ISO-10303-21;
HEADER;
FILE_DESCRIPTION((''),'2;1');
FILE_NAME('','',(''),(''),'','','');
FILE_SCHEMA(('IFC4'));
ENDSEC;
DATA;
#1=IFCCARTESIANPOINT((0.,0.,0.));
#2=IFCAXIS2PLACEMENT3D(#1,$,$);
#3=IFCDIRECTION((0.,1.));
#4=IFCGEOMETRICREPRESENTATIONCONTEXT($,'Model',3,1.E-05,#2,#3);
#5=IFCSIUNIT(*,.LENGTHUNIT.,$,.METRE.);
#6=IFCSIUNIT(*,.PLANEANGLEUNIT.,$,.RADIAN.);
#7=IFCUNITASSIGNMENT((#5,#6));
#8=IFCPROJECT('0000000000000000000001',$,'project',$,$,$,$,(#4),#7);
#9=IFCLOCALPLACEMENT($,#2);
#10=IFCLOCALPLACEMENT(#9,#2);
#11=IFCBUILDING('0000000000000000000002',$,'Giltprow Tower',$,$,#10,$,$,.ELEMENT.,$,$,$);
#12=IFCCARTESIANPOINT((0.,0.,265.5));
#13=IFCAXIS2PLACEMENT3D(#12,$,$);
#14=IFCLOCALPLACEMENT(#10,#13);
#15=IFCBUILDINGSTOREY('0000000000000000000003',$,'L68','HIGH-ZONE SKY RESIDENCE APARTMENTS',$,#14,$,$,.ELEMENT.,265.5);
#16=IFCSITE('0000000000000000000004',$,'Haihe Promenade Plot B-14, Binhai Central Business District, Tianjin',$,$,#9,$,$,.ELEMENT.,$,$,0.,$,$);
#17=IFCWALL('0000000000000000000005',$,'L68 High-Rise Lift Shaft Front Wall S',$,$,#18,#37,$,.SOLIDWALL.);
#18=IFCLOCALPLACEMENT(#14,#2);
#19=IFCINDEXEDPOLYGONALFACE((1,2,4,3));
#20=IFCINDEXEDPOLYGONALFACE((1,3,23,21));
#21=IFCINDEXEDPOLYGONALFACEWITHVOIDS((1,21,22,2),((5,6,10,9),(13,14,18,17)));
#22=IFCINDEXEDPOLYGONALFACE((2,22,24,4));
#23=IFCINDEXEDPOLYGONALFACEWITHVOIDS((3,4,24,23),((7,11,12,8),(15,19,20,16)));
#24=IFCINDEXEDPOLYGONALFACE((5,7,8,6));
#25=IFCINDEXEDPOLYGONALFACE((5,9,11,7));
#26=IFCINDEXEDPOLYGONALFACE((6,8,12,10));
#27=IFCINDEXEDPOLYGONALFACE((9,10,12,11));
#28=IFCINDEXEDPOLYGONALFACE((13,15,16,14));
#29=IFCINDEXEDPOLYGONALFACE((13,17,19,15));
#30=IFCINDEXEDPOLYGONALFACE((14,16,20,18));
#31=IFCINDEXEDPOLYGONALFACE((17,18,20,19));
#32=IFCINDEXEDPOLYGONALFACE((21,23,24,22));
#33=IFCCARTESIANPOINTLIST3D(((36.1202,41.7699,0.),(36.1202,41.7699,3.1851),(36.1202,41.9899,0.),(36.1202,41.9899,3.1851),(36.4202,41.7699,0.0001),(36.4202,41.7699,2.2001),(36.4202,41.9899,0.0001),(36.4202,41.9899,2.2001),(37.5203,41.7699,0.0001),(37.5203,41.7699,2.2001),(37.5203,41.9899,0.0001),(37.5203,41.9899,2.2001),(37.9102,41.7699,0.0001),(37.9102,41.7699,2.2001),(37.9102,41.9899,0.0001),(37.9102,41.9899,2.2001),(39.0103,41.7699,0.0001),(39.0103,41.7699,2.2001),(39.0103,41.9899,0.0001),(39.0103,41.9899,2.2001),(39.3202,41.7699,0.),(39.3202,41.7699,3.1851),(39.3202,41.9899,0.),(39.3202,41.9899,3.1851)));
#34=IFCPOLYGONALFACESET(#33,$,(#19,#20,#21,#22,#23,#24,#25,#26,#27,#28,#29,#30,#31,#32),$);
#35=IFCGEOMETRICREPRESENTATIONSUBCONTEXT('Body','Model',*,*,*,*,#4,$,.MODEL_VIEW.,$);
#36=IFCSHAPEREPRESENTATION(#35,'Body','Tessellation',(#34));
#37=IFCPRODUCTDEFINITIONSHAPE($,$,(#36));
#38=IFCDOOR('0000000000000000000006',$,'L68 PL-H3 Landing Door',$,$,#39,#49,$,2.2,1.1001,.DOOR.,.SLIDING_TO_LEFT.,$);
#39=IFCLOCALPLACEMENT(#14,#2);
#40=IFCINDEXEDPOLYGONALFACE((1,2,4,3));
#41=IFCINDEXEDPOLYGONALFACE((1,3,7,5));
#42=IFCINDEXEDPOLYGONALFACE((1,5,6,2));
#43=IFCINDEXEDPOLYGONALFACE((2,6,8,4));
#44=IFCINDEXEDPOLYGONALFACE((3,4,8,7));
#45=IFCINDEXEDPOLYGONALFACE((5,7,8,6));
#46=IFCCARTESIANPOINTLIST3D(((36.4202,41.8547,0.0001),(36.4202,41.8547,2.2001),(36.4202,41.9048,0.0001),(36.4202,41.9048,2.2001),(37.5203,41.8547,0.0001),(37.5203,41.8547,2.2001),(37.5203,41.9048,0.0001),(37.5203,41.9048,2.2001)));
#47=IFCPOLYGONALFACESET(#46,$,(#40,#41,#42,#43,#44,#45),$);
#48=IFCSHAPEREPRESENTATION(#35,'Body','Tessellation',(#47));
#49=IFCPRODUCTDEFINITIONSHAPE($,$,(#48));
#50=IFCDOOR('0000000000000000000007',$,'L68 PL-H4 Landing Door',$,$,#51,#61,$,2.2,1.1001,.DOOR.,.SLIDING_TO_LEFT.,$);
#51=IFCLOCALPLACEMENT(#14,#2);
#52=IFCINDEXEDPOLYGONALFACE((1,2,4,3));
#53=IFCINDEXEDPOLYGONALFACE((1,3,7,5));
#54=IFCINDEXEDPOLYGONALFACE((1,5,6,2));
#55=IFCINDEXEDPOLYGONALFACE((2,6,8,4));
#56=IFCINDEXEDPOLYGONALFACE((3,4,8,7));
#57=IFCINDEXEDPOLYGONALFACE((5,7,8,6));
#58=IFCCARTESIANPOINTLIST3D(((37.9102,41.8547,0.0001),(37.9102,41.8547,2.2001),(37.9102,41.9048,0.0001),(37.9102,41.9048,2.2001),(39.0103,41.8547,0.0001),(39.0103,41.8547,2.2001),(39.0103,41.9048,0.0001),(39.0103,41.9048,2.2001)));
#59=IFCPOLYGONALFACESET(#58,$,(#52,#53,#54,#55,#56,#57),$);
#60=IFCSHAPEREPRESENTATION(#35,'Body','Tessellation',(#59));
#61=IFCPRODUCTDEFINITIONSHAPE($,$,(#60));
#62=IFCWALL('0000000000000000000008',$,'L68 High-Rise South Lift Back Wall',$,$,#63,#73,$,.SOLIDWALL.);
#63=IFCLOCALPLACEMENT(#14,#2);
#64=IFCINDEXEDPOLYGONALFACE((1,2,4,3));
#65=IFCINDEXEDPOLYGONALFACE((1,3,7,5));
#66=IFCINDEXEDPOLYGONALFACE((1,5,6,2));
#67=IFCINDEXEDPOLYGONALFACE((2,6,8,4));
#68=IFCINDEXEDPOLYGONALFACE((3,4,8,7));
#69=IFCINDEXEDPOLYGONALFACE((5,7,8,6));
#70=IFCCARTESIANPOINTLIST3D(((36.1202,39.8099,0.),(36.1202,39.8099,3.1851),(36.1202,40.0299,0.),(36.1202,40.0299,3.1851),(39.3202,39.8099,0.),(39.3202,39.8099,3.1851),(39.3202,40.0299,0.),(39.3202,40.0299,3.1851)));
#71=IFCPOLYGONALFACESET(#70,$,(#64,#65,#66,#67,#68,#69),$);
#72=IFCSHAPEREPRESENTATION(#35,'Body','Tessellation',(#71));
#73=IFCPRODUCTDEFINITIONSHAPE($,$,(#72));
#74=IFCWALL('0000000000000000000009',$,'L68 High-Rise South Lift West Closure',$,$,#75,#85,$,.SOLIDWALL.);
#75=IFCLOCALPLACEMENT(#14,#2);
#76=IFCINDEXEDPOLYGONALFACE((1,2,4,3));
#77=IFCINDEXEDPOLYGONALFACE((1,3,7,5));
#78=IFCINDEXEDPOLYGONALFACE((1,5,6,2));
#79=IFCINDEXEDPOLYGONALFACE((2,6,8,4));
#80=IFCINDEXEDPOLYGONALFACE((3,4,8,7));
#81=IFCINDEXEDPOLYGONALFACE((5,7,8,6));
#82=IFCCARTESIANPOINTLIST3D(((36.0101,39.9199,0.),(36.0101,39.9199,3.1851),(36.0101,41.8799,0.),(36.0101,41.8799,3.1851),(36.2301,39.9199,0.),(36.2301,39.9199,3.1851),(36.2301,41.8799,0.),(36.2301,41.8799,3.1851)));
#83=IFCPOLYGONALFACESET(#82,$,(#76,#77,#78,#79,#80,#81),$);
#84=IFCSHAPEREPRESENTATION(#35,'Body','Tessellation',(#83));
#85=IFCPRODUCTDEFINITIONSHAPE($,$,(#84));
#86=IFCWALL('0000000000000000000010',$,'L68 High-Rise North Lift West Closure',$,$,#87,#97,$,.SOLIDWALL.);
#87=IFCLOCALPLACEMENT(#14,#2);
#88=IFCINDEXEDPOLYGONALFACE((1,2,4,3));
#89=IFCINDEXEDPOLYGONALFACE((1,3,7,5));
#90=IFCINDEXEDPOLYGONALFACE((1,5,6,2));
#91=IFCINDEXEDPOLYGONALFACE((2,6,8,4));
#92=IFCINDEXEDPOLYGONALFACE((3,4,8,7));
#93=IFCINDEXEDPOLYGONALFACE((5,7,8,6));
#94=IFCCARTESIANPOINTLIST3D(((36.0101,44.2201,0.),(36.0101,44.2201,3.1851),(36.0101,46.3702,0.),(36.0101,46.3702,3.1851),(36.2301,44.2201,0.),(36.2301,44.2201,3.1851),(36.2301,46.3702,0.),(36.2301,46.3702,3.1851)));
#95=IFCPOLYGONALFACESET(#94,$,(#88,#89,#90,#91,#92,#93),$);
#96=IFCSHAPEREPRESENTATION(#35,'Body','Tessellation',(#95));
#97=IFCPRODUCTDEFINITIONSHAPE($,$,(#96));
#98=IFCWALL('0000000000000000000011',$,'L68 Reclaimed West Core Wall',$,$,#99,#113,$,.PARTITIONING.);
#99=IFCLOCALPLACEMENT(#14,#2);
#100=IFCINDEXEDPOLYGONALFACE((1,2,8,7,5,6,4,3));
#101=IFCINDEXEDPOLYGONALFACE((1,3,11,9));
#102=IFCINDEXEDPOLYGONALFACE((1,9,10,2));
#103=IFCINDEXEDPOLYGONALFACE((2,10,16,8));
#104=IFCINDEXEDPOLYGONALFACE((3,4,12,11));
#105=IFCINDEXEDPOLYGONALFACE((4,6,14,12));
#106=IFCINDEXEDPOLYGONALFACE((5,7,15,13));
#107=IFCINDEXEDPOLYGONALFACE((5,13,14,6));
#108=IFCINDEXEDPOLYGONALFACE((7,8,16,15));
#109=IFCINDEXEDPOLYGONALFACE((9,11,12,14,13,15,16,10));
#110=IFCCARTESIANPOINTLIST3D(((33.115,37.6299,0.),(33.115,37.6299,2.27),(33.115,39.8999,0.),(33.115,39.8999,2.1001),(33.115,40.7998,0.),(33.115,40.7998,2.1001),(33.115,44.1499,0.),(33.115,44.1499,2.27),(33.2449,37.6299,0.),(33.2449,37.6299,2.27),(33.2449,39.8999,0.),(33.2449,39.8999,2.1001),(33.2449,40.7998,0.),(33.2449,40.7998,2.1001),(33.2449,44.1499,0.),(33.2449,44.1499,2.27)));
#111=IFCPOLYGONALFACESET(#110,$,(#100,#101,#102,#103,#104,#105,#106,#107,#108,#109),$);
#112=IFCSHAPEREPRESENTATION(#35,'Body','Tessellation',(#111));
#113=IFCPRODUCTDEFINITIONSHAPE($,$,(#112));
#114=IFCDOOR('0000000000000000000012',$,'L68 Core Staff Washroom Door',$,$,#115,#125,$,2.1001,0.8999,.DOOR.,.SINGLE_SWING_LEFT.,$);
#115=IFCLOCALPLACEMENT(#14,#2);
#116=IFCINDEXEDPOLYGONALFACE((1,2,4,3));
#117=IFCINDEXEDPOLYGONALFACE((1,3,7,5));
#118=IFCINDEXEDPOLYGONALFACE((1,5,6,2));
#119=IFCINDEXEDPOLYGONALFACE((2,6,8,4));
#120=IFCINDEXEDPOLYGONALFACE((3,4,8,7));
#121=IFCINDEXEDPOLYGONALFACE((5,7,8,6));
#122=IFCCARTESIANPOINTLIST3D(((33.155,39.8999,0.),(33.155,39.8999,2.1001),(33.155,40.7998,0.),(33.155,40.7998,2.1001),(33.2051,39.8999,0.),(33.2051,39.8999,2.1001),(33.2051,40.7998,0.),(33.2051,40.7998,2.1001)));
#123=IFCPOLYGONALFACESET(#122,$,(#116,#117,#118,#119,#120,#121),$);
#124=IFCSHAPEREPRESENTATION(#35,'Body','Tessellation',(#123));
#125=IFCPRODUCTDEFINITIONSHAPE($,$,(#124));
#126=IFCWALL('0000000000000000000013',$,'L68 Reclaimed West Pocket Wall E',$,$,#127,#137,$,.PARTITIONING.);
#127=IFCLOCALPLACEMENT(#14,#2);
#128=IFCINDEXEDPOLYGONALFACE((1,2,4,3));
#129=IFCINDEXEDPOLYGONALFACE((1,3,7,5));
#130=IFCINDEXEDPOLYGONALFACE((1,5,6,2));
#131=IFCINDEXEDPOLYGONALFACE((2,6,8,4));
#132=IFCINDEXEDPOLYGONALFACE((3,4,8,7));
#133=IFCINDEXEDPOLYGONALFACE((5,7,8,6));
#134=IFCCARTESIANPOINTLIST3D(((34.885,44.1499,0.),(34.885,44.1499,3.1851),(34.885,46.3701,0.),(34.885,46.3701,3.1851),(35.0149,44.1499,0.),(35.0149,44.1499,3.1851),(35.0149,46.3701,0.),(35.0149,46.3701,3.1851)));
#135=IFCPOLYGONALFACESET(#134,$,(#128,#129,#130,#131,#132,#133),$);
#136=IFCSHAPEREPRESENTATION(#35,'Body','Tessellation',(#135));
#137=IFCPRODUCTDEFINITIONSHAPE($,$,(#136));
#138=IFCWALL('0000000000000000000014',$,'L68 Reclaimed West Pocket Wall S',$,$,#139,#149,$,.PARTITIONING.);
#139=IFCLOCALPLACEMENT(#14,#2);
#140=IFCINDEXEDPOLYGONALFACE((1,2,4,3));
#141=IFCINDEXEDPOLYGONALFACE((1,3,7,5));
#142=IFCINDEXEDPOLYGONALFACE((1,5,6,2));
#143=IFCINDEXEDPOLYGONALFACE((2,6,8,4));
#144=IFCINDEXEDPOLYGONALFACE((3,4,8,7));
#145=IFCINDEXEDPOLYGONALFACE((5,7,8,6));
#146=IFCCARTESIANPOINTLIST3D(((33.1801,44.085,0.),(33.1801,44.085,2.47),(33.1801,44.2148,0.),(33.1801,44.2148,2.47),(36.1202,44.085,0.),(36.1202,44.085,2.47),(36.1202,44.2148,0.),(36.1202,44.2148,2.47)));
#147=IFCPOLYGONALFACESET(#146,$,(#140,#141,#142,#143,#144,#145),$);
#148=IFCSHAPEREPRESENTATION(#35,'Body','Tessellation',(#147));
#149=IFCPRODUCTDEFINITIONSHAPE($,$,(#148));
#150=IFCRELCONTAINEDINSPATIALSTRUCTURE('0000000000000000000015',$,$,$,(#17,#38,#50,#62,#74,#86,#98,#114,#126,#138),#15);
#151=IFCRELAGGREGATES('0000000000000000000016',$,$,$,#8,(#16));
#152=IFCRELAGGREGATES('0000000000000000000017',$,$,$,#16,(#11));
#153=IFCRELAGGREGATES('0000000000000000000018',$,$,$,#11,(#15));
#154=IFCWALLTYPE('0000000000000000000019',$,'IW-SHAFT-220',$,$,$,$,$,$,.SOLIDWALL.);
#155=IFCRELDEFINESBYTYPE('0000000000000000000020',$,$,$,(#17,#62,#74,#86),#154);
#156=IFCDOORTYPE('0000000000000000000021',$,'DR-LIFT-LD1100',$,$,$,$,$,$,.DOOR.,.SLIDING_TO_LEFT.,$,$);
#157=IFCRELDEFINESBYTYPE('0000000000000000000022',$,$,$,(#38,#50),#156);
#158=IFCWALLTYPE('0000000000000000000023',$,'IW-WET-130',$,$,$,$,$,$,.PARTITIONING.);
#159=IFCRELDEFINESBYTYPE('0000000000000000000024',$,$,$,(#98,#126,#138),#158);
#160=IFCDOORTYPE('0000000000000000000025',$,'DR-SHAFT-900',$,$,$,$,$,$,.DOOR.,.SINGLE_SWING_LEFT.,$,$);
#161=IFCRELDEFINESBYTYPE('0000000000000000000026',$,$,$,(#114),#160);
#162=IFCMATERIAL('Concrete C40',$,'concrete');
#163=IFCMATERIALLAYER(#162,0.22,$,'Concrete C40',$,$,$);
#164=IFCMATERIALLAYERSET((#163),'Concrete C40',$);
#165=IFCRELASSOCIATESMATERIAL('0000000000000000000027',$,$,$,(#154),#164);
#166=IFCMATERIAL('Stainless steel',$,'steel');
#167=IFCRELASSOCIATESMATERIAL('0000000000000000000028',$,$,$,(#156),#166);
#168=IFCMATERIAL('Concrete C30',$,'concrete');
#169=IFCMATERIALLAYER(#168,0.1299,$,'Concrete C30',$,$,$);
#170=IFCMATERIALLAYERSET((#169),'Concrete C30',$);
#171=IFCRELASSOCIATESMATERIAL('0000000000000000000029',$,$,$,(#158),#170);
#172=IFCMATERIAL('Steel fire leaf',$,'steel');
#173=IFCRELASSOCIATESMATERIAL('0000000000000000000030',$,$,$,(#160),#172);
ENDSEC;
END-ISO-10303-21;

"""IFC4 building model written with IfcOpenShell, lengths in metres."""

from ifc_helpers import new_model, si_unit, direction, frame, frame_2d, origin, place, context, subcontext, project, spatial, rectangle, extrude, source, transform, mapped, material, layer, layer_set, type_object, element, fill, save


model = new_model("IFC4")

# Units and contexts
model_context = context("Model", 3, precision=1e-05, world=origin(), true_north=direction((0.0, 1.0)))
body_context = subcontext(model_context, "Body", "Model", "MODEL_VIEW")
ifc_project = project(units=[si_unit("LENGTHUNIT", "METRE"), si_unit("PLANEANGLEUNIT", "RADIAN")], contexts=[model_context])

# Site, building, storey
site_placement = place(None, origin())
site = spatial("IfcSite", under=ifc_project, at=site_placement, Name="Haihe Promenade Plot B-14, Binhai Central Business District, Tianjin", CompositionType="ELEMENT", RefElevation=0.0)
building_placement = place(site_placement, origin())
building = spatial("IfcBuilding", under=site, at=building_placement, Name="Giltprow Tower", CompositionType="ELEMENT")
storey_placement = place(building_placement, frame((0.0, 0.0, 265.5)))
storey = spatial("IfcBuildingStorey", under=building, at=storey_placement, Name="L68", Description="HIGH-ZONE SKY RESIDENCE APARTMENTS", CompositionType="ELEMENT", Elevation=265.5)

# Wall, openings, doors
ifc_material_1 = material(Name="Concrete C40", Category="concrete")
ifc_layer_1 = layer(ifc_material_1, 0.22, Name="Concrete C40")
ifc_layer_set_1 = layer_set([ifc_layer_1], Name="Concrete C40")
wall_type_1 = type_object("IfcWallType", Name="IW-SHAFT-220", PredefinedType="SOLIDWALL", material=ifc_layer_set_1)
ifc_material_2 = material(Name="Stainless steel", Category="steel")
door_type_1 = type_object("IfcDoorType", Name="DR-LIFT-LD1100", OperationType="SLIDING_TO_LEFT", PredefinedType="DOOR", material=ifc_material_2)
shared_shape_1 = source(origin(), body_context, "Body", "SweptSolid", [
    extrude(rectangle(XDim=1.1001, YDim=2.2, at=frame_2d((0.55, 1.1001))), frame((0.0, 0.0249, 0.0), z_axis=(0.0, -1.0, 0.0), x_axis=(1.0, 0.0, 0.0)), (0.0, 0.0, 1.0), 0.05),
])
wall_1_placement = place(storey_placement, frame((36.1201, 41.8799, 0.0), z_axis=(0.0, 0.0, 1.0), x_axis=(1.0, 0.0, 0.0)))
wall_1 = element("IfcWall", 1, at=wall_1_placement, inside=storey, type_object=wall_type_1, Name="L68 High-Rise Lift Shaft Front Wall S", PredefinedType="SOLIDWALL", context=body_context, shape_type="SweptSolid", body=[
    extrude(rectangle(XDim=3.2, YDim=0.22, at=frame_2d((1.6001, 0.0))), origin(), (0.0, 0.0, 1.0), 3.1851),
])
opening_1_placement = place(wall_1_placement, frame((0.3, 0.0, 0.0)))
opening_1 = element("IfcOpeningElement", 2, at=opening_1_placement, cuts=wall_1, PredefinedType="OPENING", context=body_context, shape_type="SweptSolid", body=[
    extrude(rectangle(XDim=1.1001, YDim=2.2, at=frame_2d((0.55, 1.1001))), frame((0.0, 0.1199, 0.0), z_axis=(0.0, -1.0, 0.0), x_axis=(1.0, 0.0, 0.0)), (0.0, 0.0, 1.0), 0.24),
])
opening_2_placement = place(wall_1_placement, frame((1.79, 0.0, 0.0)))
opening_2 = element("IfcOpeningElement", 3, at=opening_2_placement, cuts=wall_1, PredefinedType="OPENING", context=body_context, shape_type="SweptSolid", body=[
    extrude(rectangle(XDim=1.1001, YDim=2.2, at=frame_2d((0.55, 1.1001))), frame((0.0, 0.1199, 0.0), z_axis=(0.0, -1.0, 0.0), x_axis=(1.0, 0.0, 0.0)), (0.0, 0.0, 1.0), 0.24),
])
door_1_placement = place(opening_1_placement, origin())
door_1 = element("IfcDoor", 4, at=door_1_placement, inside=storey, type_object=door_type_1, Name="L68 PL-H3 Landing Door", OperationType="SLIDING_TO_LEFT", OverallHeight=2.2, OverallWidth=1.1001, PredefinedType="DOOR", context=body_context, shape_type="MappedRepresentation", body=[
    mapped(shared_shape_1, transform((0.0, 0.0, 0.0), x_axis=(1.0, 0.0, 0.0), y_axis=(0.0, 1.0, 0.0), z_axis=(0.0, 0.0, 1.0), scale=1.0)),
])
fill(opening_1, door_1)
door_2_placement = place(opening_2_placement, origin())
door_2 = element("IfcDoor", 5, at=door_2_placement, inside=storey, type_object=door_type_1, Name="L68 PL-H4 Landing Door", OperationType="SLIDING_TO_LEFT", OverallHeight=2.2, OverallWidth=1.1001, PredefinedType="DOOR", context=body_context, shape_type="MappedRepresentation", body=[
    mapped(shared_shape_1, transform((0.0, 0.0, 0.0), x_axis=(1.0, 0.0, 0.0), y_axis=(0.0, 1.0, 0.0), z_axis=(0.0, 0.0, 1.0), scale=1.0)),
])
fill(opening_2, door_2)

# Walls
wall_2_placement = place(storey_placement, frame((36.1201, 39.9199, 0.0), z_axis=(0.0, 0.0, 1.0), x_axis=(1.0, 0.0, 0.0)))
element("IfcWall", 6, at=wall_2_placement, inside=storey, type_object=wall_type_1, Name="L68 High-Rise South Lift Back Wall", PredefinedType="SOLIDWALL", context=body_context, shape_type="SweptSolid", body=[
    extrude(rectangle(XDim=3.2, YDim=0.22, at=frame_2d((1.6001, 0.0))), origin(), (0.0, 0.0, 1.0), 3.1851),
])
wall_3_placement = place(storey_placement, frame((36.1201, 39.9199, 0.0), z_axis=(0.0, 0.0, 1.0), x_axis=(0.0, 1.0, 0.0)))
element("IfcWall", 7, at=wall_3_placement, inside=storey, type_object=wall_type_1, Name="L68 High-Rise South Lift West Closure", PredefinedType="SOLIDWALL", context=body_context, shape_type="SweptSolid", body=[
    extrude(rectangle(XDim=1.96, YDim=0.22, at=frame_2d((0.98, 0.0))), origin(), (0.0, 0.0, 1.0), 3.1851),
])
wall_4_placement = place(storey_placement, frame((36.1201, 44.22, 0.0), z_axis=(0.0, 0.0, 1.0), x_axis=(0.0, 1.0, 0.0)))
element("IfcWall", 8, at=wall_4_placement, inside=storey, type_object=wall_type_1, Name="L68 High-Rise North Lift West Closure", PredefinedType="SOLIDWALL", context=body_context, shape_type="SweptSolid", body=[
    extrude(rectangle(XDim=2.1501, YDim=0.22, at=frame_2d((1.0752, 0.0))), origin(), (0.0, 0.0, 1.0), 3.1851),
])

# Wall, opening, door
ifc_material_3 = material(Name="Concrete C30", Category="concrete")
ifc_layer_2 = layer(ifc_material_3, 0.1299, Name="Concrete C30")
ifc_layer_set_2 = layer_set([ifc_layer_2], Name="Concrete C30")
wall_type_2 = type_object("IfcWallType", Name="IW-WET-130", PredefinedType="PARTITIONING", material=ifc_layer_set_2)
wall_5_placement = place(storey_placement, frame((33.1799, 37.6299, 0.0), z_axis=(0.0, 0.0, 1.0), x_axis=(0.0, 1.0, 0.0)))
wall_5 = element("IfcWall", 9, at=wall_5_placement, inside=storey, type_object=wall_type_2, Name="L68 Reclaimed West Core Wall", PredefinedType="PARTITIONING", context=body_context, shape_type="SweptSolid", body=[
    extrude(rectangle(XDim=6.52, YDim=0.1299, at=frame_2d((3.26, 0.0))), origin(), (0.0, 0.0, 1.0), 2.27),
])
opening_3_placement = place(wall_5_placement, frame((2.27, 0.0, 0.0)))
opening_3 = element("IfcOpeningElement", 10, at=opening_3_placement, cuts=wall_5, PredefinedType="OPENING", context=body_context, shape_type="SweptSolid", body=[
    extrude(rectangle(XDim=0.8999, YDim=2.1001, at=frame_2d((0.45, 1.05))), frame((0.0, 0.075, 0.0), z_axis=(0.0, -1.0, 0.0), x_axis=(1.0, 0.0, 0.0)), (0.0, 0.0, 1.0), 0.1499),
])
ifc_material_4 = material(Name="Steel fire leaf", Category="steel")
door_type_2 = type_object("IfcDoorType", Name="DR-SHAFT-900", OperationType="SINGLE_SWING_LEFT", PredefinedType="DOOR", material=ifc_material_4)
shared_shape_2 = source(origin(), body_context, "Body", "SweptSolid", [
    extrude(rectangle(XDim=0.8999, YDim=2.1001, at=frame_2d((0.45, 1.05))), frame((0.0, 0.0249, 0.0), z_axis=(0.0, -1.0, 0.0), x_axis=(1.0, 0.0, 0.0)), (0.0, 0.0, 1.0), 0.05),
])
door_3_placement = place(opening_3_placement, origin())
door_3 = element("IfcDoor", 11, at=door_3_placement, inside=storey, type_object=door_type_2, Name="L68 Core Staff Washroom Door", OperationType="SINGLE_SWING_LEFT", OverallHeight=2.1001, OverallWidth=0.8999, PredefinedType="DOOR", context=body_context, shape_type="MappedRepresentation", body=[
    mapped(shared_shape_2, transform((0.0, 0.0, 0.0), x_axis=(1.0, 0.0, 0.0), y_axis=(0.0, 1.0, 0.0), z_axis=(0.0, 0.0, 1.0), scale=1.0)),
])
fill(opening_3, door_3)

# Walls
wall_6_placement = place(storey_placement, frame((34.95, 44.1499, 0.0), z_axis=(0.0, 0.0, 1.0), x_axis=(0.0, 1.0, 0.0)))
element("IfcWall", 12, at=wall_6_placement, inside=storey, type_object=wall_type_2, Name="L68 Reclaimed West Pocket Wall E", PredefinedType="PARTITIONING", context=body_context, shape_type="SweptSolid", body=[
    extrude(rectangle(XDim=2.2202, YDim=0.1299, at=frame_2d((1.1101, 0.0))), origin(), (0.0, 0.0, 1.0), 3.1851),
])
wall_7_placement = place(storey_placement, frame((33.1799, 44.1499, 0.0), z_axis=(0.0, 0.0, 1.0), x_axis=(1.0, 0.0, 0.0)))
element("IfcWall", 13, at=wall_7_placement, inside=storey, type_object=wall_type_2, Name="L68 Reclaimed West Pocket Wall S", PredefinedType="PARTITIONING", context=body_context, shape_type="SweptSolid", body=[
    extrude(rectangle(XDim=2.9402, YDim=0.1299, at=frame_2d((1.4702, 0.0))), origin(), (0.0, 0.0, 1.0), 2.47),
])

save(model, "model.ifc")
